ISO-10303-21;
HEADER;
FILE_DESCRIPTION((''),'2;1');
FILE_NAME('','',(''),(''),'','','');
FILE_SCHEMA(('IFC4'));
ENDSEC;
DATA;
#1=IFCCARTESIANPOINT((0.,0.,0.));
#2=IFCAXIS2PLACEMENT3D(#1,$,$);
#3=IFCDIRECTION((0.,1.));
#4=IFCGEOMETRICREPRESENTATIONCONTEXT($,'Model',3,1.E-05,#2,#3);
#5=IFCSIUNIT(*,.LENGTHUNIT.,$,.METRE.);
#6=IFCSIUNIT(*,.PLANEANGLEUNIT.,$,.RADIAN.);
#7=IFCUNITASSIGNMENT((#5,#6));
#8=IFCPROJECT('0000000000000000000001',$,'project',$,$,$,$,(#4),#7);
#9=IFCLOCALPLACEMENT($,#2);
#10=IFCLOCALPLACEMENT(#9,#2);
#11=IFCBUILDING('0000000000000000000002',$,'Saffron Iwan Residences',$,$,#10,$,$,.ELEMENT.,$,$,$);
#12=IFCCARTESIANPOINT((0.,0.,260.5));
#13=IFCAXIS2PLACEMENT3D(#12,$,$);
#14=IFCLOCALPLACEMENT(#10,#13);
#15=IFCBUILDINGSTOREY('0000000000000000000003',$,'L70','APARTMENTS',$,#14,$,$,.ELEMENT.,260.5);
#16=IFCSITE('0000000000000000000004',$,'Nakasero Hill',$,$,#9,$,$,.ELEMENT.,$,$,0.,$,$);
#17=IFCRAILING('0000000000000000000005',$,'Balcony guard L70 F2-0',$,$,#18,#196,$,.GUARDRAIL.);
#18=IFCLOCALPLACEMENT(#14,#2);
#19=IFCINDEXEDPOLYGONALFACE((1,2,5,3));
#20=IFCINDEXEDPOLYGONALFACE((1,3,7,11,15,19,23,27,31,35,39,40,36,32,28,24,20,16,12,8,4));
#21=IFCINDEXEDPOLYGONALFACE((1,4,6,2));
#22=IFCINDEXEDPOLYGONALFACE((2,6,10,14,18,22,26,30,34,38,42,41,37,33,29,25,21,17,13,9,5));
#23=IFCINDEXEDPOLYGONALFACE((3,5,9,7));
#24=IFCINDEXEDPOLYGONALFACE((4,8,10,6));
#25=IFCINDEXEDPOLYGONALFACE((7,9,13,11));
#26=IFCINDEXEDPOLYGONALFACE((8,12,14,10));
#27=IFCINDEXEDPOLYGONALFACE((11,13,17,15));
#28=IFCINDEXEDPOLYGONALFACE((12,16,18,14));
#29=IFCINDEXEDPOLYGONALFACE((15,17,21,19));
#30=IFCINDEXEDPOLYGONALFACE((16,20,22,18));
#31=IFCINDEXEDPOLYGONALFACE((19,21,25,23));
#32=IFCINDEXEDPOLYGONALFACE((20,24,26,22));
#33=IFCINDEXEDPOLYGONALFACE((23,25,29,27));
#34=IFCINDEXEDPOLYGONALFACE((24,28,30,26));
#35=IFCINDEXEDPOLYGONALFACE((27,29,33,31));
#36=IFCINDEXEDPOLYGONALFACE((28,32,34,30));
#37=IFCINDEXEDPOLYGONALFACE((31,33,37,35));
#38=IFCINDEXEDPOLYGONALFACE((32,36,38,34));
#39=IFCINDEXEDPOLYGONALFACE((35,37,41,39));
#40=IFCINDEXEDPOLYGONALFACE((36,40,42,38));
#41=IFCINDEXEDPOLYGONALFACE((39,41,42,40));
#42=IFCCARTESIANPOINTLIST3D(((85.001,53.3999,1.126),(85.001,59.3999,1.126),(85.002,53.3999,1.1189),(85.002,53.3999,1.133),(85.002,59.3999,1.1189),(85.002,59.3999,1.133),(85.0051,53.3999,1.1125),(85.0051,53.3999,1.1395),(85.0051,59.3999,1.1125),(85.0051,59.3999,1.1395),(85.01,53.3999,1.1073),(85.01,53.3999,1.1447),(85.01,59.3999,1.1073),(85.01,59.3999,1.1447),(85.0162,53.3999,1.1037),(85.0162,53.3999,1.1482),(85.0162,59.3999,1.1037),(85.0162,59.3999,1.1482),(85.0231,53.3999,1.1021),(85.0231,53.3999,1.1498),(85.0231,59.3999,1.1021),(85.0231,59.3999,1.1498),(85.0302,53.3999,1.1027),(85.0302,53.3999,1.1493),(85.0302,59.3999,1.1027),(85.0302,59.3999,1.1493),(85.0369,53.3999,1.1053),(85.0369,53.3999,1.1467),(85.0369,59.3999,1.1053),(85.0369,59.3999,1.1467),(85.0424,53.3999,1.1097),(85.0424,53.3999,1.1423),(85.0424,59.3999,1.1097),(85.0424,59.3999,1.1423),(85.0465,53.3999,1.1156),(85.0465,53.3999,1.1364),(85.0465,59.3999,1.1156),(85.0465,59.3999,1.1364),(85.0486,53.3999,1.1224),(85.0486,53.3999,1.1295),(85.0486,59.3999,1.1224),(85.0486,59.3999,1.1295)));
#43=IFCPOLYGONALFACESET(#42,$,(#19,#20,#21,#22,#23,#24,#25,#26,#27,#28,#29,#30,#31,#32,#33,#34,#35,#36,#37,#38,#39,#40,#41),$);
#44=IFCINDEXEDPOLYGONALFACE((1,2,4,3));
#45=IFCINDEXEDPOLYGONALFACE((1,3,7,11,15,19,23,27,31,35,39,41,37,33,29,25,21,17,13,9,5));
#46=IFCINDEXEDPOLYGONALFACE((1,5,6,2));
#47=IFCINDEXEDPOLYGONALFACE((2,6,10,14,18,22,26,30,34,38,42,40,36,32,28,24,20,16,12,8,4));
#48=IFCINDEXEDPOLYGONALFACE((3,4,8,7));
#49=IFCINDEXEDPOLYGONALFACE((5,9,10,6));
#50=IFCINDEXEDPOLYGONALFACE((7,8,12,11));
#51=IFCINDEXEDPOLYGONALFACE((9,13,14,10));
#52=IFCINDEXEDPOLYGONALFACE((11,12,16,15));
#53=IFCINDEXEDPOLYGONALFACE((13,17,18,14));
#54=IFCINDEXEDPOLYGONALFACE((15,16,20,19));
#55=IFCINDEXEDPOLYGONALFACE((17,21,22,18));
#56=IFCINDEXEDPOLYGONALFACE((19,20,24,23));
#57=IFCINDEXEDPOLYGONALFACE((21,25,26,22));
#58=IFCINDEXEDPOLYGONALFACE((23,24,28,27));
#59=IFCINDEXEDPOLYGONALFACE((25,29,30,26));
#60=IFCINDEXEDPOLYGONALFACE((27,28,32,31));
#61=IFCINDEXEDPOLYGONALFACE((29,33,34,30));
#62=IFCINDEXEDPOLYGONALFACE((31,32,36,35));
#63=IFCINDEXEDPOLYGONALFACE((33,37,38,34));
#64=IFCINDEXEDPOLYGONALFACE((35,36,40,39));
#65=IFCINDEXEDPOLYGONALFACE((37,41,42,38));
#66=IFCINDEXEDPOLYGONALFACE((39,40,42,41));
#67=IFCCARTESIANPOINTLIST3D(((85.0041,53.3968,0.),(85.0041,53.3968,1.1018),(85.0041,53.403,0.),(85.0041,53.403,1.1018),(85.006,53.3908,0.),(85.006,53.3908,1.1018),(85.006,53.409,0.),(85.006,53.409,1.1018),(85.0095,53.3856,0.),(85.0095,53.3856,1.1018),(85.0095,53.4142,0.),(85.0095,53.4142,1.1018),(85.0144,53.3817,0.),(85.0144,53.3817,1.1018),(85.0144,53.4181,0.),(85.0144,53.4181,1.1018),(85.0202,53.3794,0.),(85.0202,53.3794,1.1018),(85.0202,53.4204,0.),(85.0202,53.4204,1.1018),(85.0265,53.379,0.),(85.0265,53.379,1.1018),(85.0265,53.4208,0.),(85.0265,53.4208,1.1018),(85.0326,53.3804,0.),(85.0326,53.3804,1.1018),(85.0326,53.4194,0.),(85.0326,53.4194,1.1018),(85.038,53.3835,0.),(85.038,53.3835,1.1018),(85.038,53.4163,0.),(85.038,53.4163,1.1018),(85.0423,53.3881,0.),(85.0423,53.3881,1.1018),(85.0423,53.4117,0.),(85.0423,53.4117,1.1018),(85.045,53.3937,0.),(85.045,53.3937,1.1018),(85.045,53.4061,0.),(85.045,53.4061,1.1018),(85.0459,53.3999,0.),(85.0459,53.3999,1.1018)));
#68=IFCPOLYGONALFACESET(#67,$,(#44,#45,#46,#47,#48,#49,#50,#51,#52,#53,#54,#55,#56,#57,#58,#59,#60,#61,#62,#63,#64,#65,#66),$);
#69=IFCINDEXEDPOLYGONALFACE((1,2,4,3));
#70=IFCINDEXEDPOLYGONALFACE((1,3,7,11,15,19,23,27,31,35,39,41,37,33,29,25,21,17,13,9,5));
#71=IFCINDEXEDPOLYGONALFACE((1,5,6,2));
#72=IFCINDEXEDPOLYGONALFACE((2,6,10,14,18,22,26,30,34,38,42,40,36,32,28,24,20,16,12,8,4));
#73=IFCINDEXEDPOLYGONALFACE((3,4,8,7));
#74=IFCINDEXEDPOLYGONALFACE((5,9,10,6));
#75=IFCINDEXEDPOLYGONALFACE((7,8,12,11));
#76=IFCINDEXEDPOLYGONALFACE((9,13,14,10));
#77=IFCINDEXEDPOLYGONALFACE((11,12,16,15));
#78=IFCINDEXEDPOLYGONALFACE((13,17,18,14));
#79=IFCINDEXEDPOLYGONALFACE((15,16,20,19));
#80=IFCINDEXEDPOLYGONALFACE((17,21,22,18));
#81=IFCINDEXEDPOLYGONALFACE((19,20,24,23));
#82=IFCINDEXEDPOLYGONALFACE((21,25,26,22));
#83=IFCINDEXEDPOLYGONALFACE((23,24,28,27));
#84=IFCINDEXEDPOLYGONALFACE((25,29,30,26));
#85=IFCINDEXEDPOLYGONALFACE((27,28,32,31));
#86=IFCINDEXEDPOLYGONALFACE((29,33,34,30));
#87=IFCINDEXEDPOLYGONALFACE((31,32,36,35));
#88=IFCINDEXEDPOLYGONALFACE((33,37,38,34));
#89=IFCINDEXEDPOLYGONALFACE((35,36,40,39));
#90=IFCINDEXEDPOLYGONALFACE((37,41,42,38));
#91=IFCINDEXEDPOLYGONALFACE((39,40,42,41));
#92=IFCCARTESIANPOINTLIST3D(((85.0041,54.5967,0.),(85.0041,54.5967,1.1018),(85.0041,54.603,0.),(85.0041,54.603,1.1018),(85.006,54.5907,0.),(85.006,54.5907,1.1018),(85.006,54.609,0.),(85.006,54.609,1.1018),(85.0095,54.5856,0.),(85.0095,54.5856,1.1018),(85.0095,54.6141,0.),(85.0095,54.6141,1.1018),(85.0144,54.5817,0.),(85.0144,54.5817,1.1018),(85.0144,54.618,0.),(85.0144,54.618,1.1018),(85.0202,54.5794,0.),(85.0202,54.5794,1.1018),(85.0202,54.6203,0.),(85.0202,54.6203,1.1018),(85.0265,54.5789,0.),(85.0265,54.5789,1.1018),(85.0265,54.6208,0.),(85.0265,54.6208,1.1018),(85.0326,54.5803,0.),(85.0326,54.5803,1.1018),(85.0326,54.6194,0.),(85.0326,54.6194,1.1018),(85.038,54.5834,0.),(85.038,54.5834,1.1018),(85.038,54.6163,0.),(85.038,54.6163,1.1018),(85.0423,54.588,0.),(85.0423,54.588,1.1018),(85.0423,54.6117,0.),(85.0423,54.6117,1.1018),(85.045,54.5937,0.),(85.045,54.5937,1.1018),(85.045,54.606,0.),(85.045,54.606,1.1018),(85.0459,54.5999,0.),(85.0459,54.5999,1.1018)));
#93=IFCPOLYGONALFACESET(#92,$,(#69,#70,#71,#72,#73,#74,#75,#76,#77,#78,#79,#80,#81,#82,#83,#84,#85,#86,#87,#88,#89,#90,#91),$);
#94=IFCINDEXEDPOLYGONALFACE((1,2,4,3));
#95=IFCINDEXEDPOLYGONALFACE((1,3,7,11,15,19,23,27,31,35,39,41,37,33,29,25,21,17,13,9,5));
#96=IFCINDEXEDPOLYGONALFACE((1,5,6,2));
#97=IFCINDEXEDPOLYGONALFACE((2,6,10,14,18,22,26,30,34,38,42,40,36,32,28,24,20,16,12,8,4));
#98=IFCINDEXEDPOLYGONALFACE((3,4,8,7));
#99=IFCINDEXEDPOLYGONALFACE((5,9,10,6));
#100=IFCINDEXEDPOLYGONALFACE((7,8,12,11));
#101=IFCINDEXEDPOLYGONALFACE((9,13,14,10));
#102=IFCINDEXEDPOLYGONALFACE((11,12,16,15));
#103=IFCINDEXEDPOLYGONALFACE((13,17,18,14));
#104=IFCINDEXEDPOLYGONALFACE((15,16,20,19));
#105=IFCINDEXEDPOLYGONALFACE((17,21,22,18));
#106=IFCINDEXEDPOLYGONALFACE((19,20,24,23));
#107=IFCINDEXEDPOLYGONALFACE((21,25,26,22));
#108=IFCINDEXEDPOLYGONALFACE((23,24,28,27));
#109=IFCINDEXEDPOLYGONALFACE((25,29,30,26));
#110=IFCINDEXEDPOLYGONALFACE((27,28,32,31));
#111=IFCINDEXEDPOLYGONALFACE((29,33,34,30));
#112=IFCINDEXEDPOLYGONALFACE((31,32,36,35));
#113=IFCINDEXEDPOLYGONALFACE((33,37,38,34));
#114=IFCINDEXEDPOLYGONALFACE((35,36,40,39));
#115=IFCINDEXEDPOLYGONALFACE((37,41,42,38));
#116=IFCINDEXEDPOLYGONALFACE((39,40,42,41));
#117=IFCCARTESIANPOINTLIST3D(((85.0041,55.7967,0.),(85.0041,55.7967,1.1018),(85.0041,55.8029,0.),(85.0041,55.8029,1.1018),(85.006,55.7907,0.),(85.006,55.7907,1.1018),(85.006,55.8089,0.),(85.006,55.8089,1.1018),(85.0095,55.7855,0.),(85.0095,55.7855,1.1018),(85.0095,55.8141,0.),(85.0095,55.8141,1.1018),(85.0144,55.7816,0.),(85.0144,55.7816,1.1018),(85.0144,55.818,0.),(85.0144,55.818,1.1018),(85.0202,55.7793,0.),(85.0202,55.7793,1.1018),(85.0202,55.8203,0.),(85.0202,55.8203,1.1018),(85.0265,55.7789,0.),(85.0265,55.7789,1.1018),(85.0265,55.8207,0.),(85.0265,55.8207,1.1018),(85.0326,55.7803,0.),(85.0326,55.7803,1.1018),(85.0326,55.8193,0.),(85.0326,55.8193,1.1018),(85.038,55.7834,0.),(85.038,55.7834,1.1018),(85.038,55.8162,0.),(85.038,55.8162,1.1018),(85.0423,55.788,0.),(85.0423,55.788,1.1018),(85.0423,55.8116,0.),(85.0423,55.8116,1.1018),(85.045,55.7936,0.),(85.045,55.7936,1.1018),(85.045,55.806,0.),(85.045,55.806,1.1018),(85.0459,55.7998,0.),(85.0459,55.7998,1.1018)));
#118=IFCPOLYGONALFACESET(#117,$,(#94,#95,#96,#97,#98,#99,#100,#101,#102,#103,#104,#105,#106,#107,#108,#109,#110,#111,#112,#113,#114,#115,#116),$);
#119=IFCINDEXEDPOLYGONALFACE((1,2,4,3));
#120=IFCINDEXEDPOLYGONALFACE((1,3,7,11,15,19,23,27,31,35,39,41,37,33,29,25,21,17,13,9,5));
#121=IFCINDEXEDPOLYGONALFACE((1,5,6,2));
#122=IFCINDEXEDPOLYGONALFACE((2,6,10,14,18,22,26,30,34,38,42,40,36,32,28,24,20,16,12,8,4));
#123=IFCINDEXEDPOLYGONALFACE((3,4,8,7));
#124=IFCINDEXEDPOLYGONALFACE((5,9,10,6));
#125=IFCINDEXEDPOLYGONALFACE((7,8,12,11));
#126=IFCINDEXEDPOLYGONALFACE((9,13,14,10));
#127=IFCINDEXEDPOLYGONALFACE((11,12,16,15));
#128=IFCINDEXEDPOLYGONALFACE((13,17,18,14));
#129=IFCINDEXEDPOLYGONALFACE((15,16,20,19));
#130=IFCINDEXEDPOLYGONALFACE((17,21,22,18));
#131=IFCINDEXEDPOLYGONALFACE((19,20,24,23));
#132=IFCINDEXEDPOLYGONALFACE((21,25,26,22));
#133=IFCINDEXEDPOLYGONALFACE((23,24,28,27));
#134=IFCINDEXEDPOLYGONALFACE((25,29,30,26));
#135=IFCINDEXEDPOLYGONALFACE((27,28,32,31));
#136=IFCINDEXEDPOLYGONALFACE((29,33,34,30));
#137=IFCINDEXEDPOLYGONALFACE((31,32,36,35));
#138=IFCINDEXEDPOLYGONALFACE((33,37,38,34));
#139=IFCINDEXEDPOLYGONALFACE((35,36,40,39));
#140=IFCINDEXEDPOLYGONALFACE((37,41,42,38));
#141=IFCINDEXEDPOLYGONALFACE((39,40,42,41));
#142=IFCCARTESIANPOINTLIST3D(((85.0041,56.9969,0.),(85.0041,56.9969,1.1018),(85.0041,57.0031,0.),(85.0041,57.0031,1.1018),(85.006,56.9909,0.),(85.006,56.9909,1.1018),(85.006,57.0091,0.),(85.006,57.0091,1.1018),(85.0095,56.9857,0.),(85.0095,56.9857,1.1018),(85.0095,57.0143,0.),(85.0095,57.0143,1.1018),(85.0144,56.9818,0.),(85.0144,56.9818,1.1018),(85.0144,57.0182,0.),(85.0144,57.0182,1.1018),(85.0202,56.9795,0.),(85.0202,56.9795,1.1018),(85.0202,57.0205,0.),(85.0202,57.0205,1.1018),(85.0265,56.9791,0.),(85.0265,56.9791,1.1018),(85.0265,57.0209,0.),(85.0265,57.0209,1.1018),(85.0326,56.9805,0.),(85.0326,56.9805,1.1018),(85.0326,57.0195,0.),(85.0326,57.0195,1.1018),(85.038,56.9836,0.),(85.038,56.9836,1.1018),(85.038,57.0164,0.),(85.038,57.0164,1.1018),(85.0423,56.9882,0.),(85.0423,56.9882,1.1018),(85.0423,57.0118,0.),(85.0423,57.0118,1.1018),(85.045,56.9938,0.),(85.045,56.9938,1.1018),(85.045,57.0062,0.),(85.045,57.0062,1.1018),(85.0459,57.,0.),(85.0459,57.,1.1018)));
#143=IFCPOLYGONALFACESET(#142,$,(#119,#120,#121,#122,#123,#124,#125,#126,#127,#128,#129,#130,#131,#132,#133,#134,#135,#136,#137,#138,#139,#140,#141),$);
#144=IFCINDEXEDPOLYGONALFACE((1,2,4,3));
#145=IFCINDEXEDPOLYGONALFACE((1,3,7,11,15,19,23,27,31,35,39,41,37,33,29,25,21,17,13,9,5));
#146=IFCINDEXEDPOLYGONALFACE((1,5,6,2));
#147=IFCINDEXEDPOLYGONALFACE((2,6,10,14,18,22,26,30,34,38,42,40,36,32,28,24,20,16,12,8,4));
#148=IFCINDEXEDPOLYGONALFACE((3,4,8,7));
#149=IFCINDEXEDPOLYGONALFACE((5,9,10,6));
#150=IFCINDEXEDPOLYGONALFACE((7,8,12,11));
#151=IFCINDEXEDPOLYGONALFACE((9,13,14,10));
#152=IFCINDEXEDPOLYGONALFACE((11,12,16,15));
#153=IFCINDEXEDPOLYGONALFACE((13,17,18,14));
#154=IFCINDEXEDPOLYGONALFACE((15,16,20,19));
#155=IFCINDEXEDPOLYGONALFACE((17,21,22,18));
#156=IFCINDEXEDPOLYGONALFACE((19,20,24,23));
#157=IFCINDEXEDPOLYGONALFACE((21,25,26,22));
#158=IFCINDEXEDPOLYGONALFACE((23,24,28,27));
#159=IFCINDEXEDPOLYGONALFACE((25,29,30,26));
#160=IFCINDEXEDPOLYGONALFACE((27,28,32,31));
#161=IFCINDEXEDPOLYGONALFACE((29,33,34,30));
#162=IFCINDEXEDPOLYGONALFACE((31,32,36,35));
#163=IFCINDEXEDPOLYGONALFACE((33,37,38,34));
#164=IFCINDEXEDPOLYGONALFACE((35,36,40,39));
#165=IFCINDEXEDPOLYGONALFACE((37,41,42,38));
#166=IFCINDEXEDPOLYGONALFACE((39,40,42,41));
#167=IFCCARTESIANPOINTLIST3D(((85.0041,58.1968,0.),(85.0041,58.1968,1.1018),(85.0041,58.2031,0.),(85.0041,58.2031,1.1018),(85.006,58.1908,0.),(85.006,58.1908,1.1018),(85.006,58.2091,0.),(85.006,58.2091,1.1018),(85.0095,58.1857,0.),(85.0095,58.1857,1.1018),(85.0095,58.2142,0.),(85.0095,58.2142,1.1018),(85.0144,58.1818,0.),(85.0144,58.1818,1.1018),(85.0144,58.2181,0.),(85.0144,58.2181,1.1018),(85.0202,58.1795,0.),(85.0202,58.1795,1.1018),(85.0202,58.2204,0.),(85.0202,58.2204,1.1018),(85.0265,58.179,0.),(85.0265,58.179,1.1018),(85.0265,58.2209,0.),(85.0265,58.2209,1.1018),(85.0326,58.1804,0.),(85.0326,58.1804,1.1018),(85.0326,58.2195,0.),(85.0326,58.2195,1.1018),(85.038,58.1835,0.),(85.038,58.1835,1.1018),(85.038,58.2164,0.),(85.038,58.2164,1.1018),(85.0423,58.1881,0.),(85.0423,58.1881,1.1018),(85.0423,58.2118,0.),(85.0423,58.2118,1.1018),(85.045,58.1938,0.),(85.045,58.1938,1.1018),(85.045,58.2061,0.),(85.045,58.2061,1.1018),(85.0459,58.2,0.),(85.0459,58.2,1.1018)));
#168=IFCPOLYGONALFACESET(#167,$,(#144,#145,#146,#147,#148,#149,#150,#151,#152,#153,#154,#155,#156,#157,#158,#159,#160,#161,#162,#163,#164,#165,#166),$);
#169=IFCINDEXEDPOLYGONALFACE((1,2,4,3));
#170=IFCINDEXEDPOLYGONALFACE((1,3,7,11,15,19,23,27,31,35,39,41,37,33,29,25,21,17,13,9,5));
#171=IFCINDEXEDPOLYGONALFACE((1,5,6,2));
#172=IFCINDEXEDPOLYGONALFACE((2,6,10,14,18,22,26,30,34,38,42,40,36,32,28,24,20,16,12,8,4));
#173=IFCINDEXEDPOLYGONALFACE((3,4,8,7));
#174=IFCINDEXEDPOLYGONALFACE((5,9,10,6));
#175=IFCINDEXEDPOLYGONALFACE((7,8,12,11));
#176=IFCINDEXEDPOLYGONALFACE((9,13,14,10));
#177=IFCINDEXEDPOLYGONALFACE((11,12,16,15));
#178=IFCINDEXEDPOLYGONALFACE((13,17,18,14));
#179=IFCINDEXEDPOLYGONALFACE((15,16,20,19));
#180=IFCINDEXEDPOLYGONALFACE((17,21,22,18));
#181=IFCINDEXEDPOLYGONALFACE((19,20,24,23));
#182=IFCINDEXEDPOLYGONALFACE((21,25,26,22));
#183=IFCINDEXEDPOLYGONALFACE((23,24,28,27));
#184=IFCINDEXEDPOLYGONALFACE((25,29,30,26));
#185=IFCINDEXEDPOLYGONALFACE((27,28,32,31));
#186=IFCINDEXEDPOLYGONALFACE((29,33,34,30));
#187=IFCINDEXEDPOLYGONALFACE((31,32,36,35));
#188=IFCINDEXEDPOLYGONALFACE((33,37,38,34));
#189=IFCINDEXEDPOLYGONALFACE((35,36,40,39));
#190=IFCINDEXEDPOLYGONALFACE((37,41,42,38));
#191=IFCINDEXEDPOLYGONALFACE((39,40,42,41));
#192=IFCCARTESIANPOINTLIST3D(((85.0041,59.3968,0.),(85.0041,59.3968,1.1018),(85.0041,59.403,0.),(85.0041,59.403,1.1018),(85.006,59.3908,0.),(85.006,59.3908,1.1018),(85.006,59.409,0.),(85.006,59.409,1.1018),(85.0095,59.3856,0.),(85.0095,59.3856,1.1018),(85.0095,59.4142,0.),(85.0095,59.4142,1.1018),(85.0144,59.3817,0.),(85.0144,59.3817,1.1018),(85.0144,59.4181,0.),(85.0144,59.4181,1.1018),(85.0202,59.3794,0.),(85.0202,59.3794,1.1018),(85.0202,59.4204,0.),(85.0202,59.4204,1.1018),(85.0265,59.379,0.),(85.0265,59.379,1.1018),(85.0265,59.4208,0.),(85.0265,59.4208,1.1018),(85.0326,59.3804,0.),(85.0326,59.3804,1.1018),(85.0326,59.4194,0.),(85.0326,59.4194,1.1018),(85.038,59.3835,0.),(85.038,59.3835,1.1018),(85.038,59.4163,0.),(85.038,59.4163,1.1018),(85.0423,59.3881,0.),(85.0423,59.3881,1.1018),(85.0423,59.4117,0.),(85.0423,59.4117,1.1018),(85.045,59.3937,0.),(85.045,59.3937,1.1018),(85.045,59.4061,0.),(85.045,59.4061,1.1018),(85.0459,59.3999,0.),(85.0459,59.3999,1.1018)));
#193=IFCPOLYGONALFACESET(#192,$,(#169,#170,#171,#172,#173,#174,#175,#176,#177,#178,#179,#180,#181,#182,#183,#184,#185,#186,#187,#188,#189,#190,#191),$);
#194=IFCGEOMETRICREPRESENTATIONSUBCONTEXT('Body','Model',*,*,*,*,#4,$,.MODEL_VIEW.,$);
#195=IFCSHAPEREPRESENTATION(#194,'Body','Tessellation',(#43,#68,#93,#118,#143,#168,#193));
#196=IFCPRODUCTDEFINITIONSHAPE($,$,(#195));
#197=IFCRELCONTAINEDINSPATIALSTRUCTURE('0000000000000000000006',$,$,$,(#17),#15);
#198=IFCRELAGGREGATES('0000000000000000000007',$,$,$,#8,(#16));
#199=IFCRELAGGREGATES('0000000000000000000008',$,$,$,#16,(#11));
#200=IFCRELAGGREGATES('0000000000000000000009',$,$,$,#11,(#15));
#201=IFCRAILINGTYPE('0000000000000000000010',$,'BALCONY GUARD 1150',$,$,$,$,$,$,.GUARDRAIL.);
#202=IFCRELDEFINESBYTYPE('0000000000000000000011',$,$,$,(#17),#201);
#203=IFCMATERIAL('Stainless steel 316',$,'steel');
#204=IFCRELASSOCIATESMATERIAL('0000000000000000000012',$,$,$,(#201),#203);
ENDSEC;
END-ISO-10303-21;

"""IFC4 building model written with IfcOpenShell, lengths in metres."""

from ifc_helpers import new_model, si_unit, direction, frame, origin, origin_2d, place, context, subcontext, project, spatial, circle, extrude, material, type_object, element, save


model = new_model("IFC4")

# Units and contexts
model_context = context("Model", 3, precision=1e-05, world=origin(), true_north=direction((0.0, 1.0)))
body_context = subcontext(model_context, "Body", "Model", "MODEL_VIEW")
ifc_project = project(units=[si_unit("LENGTHUNIT", "METRE"), si_unit("PLANEANGLEUNIT", "RADIAN")], contexts=[model_context])

# Site, building, storey
site_placement = place(None, origin())
site = spatial("IfcSite", under=ifc_project, at=site_placement, Name="Nakasero Hill", CompositionType="ELEMENT", RefElevation=0.0)
building_placement = place(site_placement, origin())
building = spatial("IfcBuilding", under=site, at=building_placement, Name="Saffron Iwan Residences", CompositionType="ELEMENT")
storey_placement = place(building_placement, frame((0.0, 0.0, 260.5)))
storey = spatial("IfcBuildingStorey", under=building, at=storey_placement, Name="L70", Description="APARTMENTS", CompositionType="ELEMENT", Elevation=260.5)

# Railing
ifc_material_1 = material(Name="Stainless steel 316", Category="steel")
railing_type = type_object("IfcRailingType", Name="BALCONY GUARD 1150", PredefinedType="GUARDRAIL", material=ifc_material_1)
railing_placement = place(storey_placement, frame((85.0249, 53.3999, 0.0)))
element("IfcRailing", 1, at=railing_placement, inside=storey, type_object=railing_type, Name="Balcony guard L70 F2-0", PredefinedType="GUARDRAIL", context=body_context, shape_type="SweptSolid", body=[
    extrude(circle(Radius=0.0239, at=origin_2d()), frame((0.0, 0.0, 1.126), z_axis=(0.0, 1.0, 0.0), x_axis=(-1.0, 0.0, 0.0)), (0.0, 0.0, 1.0), 6.0),
    extrude(circle(Radius=0.021, at=origin_2d()), origin(), (0.0, 0.0, 1.0), 1.1018),
    extrude(circle(Radius=0.021, at=origin_2d()), frame((0.0, 1.2, 0.0)), (0.0, 0.0, 1.0), 1.1018),
    extrude(circle(Radius=0.021, at=origin_2d()), frame((0.0, 2.3999, 0.0)), (0.0, 0.0, 1.0), 1.1018),
    extrude(circle(Radius=0.021, at=origin_2d()), frame((0.0, 3.6001, 0.0)), (0.0, 0.0, 1.0), 1.1018),
    extrude(circle(Radius=0.021, at=origin_2d()), frame((0.0, 4.8, 0.0)), (0.0, 0.0, 1.0), 1.1018),
    extrude(circle(Radius=0.021, at=origin_2d()), frame((0.0, 6.0, 0.0)), (0.0, 0.0, 1.0), 1.1018),
])

save(model, "model.ifc")
